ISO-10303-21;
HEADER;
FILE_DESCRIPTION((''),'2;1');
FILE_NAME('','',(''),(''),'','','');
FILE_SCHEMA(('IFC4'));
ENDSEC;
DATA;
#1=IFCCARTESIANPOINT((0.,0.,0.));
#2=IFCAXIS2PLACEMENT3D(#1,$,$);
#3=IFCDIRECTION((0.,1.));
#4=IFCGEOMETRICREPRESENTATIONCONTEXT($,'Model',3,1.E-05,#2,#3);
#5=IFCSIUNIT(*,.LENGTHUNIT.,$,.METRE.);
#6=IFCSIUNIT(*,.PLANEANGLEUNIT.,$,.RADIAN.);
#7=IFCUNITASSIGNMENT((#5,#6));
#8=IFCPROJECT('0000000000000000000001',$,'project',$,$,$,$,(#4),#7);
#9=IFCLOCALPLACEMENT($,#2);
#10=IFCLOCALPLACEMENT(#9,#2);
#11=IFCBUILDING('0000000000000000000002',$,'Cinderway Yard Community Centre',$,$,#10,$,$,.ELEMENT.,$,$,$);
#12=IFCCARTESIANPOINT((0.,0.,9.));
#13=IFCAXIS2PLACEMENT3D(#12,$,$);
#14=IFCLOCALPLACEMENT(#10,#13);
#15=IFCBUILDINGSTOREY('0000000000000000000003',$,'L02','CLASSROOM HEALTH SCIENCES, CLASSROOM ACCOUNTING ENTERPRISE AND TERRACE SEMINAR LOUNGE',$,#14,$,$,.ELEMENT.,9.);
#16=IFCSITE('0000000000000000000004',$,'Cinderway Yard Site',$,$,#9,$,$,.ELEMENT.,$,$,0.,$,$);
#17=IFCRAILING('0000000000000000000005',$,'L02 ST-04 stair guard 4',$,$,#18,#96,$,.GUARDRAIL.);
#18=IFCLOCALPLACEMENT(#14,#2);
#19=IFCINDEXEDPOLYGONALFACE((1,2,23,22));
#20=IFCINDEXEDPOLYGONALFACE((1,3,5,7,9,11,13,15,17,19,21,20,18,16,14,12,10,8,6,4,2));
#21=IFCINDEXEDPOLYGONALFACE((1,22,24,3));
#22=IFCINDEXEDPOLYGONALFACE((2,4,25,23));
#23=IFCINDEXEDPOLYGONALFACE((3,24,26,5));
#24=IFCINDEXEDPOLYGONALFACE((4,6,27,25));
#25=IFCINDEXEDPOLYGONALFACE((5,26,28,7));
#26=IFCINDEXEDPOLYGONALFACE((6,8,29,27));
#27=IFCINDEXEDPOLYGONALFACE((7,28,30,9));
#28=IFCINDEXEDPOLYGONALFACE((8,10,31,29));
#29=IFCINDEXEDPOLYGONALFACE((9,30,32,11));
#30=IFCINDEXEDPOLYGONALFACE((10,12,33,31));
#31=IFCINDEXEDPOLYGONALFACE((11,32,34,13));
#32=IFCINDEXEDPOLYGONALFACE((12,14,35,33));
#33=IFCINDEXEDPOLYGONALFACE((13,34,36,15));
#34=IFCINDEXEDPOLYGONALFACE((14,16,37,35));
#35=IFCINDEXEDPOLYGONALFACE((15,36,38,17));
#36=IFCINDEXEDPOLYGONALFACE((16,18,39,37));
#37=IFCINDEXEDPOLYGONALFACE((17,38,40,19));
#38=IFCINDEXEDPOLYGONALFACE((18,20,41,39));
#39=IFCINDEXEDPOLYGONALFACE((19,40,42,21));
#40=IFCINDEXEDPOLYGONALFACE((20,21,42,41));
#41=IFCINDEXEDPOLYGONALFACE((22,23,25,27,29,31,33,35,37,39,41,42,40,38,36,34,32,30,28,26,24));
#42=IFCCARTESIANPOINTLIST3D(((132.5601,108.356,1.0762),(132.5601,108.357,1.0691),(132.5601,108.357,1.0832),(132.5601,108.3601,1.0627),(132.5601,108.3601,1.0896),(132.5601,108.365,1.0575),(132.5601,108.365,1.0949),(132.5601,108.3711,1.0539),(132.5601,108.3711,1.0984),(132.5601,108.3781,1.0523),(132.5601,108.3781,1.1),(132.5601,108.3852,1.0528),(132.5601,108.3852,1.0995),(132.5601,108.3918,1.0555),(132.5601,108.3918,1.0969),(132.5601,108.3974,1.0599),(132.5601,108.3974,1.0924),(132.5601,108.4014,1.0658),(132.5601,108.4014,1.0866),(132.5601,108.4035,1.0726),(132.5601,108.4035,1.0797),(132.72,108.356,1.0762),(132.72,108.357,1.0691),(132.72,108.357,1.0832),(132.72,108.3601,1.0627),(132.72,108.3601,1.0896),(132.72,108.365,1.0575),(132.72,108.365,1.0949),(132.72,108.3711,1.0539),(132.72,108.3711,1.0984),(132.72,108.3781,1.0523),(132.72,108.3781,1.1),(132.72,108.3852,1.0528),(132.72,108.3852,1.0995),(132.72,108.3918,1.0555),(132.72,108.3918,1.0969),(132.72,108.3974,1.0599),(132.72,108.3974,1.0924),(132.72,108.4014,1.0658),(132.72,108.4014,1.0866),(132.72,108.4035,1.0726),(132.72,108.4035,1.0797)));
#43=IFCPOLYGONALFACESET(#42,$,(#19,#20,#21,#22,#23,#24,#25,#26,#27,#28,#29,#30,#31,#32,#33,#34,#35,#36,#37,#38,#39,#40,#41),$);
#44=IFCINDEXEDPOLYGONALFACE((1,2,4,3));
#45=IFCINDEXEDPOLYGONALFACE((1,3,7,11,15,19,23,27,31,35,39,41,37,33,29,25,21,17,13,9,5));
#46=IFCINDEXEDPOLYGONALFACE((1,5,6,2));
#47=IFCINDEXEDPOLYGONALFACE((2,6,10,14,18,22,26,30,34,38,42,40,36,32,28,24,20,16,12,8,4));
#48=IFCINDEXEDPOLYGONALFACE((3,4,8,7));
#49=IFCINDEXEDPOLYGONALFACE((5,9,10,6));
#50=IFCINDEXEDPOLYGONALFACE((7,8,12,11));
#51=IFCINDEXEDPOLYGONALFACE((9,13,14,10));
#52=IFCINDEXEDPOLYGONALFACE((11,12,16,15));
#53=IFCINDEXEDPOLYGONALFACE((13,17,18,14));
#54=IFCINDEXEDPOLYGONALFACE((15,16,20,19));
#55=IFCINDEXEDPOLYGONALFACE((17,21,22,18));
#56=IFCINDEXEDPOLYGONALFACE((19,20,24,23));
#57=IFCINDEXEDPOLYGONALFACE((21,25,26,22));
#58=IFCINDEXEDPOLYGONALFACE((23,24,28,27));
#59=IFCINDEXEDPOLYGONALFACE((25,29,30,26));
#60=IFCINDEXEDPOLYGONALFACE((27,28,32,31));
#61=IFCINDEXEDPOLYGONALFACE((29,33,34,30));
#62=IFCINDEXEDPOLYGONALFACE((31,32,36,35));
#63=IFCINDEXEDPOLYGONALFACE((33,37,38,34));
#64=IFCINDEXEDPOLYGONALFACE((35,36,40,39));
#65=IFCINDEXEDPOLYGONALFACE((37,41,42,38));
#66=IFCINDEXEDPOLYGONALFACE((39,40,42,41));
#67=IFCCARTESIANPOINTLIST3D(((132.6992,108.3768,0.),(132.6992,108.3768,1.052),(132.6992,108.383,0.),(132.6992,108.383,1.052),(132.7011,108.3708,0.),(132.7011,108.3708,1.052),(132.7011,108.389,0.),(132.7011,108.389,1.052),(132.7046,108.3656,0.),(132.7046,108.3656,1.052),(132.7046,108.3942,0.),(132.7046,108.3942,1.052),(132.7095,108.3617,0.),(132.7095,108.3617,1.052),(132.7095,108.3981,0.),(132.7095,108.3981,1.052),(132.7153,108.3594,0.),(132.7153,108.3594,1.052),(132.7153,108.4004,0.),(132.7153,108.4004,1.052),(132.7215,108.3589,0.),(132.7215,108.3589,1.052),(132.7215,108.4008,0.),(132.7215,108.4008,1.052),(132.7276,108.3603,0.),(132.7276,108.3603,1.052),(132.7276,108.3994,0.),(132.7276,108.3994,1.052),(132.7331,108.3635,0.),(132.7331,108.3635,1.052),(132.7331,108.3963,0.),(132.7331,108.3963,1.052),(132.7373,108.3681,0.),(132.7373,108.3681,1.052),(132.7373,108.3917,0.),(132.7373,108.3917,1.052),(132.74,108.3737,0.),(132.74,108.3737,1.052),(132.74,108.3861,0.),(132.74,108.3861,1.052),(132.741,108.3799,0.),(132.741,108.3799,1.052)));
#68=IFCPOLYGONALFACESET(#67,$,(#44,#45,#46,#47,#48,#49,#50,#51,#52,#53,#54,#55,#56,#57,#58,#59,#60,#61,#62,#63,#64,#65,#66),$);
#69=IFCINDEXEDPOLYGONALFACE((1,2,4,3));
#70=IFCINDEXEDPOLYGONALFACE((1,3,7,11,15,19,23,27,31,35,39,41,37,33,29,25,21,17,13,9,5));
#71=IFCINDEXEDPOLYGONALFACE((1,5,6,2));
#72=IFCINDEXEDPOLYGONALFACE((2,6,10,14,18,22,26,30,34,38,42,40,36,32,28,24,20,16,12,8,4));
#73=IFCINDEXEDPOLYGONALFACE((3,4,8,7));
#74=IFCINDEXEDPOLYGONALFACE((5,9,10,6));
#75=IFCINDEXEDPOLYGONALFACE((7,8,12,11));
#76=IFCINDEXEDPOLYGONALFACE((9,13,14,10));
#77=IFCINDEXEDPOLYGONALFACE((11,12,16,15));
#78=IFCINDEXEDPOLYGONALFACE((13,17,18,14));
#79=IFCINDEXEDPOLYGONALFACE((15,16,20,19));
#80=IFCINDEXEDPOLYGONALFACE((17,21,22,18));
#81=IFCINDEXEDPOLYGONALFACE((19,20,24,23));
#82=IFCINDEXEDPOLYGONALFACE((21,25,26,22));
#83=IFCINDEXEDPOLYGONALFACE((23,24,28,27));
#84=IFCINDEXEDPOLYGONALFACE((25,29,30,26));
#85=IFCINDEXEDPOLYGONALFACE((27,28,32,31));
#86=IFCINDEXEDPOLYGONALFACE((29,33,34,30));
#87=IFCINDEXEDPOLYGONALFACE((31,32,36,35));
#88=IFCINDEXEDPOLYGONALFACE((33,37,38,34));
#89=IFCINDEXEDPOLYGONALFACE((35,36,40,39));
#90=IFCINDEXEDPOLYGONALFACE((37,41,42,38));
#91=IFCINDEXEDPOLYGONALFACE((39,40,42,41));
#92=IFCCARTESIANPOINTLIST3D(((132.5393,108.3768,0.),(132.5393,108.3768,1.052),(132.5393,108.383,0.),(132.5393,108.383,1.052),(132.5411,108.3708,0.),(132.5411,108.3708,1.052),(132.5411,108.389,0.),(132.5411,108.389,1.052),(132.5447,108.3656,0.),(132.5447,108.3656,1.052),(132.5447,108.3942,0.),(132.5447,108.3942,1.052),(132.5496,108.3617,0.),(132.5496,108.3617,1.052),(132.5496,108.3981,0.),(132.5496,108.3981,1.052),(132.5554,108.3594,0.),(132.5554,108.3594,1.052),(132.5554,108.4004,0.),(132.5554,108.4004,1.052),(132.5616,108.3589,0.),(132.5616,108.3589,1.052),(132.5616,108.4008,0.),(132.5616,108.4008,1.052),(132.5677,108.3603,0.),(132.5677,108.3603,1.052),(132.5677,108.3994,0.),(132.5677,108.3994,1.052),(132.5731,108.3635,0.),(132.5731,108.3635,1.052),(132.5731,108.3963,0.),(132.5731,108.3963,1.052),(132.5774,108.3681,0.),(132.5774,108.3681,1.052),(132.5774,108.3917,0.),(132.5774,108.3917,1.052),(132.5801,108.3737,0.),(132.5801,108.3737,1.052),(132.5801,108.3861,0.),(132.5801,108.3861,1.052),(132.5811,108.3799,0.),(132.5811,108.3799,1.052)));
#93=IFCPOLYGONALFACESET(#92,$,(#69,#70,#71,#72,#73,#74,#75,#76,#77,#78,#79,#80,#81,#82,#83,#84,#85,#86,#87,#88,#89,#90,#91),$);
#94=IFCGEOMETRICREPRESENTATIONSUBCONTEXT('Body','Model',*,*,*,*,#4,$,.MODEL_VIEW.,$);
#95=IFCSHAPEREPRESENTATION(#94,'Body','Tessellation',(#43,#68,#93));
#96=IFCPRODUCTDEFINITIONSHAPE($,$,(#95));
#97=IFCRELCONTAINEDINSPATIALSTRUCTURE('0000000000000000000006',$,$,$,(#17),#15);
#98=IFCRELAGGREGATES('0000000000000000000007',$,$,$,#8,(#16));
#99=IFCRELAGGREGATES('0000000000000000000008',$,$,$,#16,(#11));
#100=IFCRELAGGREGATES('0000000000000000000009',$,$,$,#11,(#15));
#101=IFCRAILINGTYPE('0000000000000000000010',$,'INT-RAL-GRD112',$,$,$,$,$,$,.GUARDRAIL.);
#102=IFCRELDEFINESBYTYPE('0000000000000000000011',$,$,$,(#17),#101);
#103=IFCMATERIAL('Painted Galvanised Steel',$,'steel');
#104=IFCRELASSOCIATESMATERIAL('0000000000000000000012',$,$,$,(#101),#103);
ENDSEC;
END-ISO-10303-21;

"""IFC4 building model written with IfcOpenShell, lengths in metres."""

from ifc_helpers import new_model, si_unit, direction, frame, origin, origin_2d, place, context, subcontext, project, spatial, circle, extrude, material, type_object, element, save


model = new_model("IFC4")

# Units and contexts
model_context = context("Model", 3, precision=1e-05, world=origin(), true_north=direction((0.0, 1.0)))
body_context = subcontext(model_context, "Body", "Model", "MODEL_VIEW")
ifc_project = project(units=[si_unit("LENGTHUNIT", "METRE"), si_unit("PLANEANGLEUNIT", "RADIAN")], contexts=[model_context])

# Site, building, storey
site_placement = place(None, origin())
site = spatial("IfcSite", under=ifc_project, at=site_placement, Name="Cinderway Yard Site", CompositionType="ELEMENT", RefElevation=0.0)
building_placement = place(site_placement, origin())
building = spatial("IfcBuilding", under=site, at=building_placement, Name="Cinderway Yard Community Centre", CompositionType="ELEMENT")
storey_placement = place(building_placement, frame((0.0, 0.0, 9.0)))
storey = spatial("IfcBuildingStorey", under=building, at=storey_placement, Name="L02", Description="CLASSROOM HEALTH SCIENCES, CLASSROOM ACCOUNTING ENTERPRISE AND TERRACE SEMINAR LOUNGE", CompositionType="ELEMENT", Elevation=9.0)

# Shared definitions
ifc_material_1 = material(Name="Painted Galvanised Steel", Category="steel")

# Railing
railing_type_1 = type_object("IfcRailingType", Name="INT-RAL-GRD112", PredefinedType="GUARDRAIL", material=ifc_material_1)
railing_1_placement = place(storey_placement, frame((132.72, 108.3799, 0.0)))
element("IfcRailing", 1, at=railing_1_placement, inside=storey, type_object=railing_type_1, Name="L02 ST-04 stair guard 4", PredefinedType="GUARDRAIL", context=body_context, shape_type="SweptSolid", body=[
    extrude(circle(Radius=0.0239, at=origin_2d()), frame((0.0, 0.0, 1.0762), z_axis=(-1.0, 0.0, 0.0), x_axis=(0.0, -1.0, 0.0)), (0.0, 0.0, 1.0), 0.1599),
    extrude(circle(Radius=0.021, at=origin_2d()), origin(), (0.0, 0.0, 1.0), 1.052),
    extrude(circle(Radius=0.021, at=origin_2d()), frame((-0.1599, 0.0, 0.0)), (0.0, 0.0, 1.0), 1.052),
])

save(model, "model.ifc")
